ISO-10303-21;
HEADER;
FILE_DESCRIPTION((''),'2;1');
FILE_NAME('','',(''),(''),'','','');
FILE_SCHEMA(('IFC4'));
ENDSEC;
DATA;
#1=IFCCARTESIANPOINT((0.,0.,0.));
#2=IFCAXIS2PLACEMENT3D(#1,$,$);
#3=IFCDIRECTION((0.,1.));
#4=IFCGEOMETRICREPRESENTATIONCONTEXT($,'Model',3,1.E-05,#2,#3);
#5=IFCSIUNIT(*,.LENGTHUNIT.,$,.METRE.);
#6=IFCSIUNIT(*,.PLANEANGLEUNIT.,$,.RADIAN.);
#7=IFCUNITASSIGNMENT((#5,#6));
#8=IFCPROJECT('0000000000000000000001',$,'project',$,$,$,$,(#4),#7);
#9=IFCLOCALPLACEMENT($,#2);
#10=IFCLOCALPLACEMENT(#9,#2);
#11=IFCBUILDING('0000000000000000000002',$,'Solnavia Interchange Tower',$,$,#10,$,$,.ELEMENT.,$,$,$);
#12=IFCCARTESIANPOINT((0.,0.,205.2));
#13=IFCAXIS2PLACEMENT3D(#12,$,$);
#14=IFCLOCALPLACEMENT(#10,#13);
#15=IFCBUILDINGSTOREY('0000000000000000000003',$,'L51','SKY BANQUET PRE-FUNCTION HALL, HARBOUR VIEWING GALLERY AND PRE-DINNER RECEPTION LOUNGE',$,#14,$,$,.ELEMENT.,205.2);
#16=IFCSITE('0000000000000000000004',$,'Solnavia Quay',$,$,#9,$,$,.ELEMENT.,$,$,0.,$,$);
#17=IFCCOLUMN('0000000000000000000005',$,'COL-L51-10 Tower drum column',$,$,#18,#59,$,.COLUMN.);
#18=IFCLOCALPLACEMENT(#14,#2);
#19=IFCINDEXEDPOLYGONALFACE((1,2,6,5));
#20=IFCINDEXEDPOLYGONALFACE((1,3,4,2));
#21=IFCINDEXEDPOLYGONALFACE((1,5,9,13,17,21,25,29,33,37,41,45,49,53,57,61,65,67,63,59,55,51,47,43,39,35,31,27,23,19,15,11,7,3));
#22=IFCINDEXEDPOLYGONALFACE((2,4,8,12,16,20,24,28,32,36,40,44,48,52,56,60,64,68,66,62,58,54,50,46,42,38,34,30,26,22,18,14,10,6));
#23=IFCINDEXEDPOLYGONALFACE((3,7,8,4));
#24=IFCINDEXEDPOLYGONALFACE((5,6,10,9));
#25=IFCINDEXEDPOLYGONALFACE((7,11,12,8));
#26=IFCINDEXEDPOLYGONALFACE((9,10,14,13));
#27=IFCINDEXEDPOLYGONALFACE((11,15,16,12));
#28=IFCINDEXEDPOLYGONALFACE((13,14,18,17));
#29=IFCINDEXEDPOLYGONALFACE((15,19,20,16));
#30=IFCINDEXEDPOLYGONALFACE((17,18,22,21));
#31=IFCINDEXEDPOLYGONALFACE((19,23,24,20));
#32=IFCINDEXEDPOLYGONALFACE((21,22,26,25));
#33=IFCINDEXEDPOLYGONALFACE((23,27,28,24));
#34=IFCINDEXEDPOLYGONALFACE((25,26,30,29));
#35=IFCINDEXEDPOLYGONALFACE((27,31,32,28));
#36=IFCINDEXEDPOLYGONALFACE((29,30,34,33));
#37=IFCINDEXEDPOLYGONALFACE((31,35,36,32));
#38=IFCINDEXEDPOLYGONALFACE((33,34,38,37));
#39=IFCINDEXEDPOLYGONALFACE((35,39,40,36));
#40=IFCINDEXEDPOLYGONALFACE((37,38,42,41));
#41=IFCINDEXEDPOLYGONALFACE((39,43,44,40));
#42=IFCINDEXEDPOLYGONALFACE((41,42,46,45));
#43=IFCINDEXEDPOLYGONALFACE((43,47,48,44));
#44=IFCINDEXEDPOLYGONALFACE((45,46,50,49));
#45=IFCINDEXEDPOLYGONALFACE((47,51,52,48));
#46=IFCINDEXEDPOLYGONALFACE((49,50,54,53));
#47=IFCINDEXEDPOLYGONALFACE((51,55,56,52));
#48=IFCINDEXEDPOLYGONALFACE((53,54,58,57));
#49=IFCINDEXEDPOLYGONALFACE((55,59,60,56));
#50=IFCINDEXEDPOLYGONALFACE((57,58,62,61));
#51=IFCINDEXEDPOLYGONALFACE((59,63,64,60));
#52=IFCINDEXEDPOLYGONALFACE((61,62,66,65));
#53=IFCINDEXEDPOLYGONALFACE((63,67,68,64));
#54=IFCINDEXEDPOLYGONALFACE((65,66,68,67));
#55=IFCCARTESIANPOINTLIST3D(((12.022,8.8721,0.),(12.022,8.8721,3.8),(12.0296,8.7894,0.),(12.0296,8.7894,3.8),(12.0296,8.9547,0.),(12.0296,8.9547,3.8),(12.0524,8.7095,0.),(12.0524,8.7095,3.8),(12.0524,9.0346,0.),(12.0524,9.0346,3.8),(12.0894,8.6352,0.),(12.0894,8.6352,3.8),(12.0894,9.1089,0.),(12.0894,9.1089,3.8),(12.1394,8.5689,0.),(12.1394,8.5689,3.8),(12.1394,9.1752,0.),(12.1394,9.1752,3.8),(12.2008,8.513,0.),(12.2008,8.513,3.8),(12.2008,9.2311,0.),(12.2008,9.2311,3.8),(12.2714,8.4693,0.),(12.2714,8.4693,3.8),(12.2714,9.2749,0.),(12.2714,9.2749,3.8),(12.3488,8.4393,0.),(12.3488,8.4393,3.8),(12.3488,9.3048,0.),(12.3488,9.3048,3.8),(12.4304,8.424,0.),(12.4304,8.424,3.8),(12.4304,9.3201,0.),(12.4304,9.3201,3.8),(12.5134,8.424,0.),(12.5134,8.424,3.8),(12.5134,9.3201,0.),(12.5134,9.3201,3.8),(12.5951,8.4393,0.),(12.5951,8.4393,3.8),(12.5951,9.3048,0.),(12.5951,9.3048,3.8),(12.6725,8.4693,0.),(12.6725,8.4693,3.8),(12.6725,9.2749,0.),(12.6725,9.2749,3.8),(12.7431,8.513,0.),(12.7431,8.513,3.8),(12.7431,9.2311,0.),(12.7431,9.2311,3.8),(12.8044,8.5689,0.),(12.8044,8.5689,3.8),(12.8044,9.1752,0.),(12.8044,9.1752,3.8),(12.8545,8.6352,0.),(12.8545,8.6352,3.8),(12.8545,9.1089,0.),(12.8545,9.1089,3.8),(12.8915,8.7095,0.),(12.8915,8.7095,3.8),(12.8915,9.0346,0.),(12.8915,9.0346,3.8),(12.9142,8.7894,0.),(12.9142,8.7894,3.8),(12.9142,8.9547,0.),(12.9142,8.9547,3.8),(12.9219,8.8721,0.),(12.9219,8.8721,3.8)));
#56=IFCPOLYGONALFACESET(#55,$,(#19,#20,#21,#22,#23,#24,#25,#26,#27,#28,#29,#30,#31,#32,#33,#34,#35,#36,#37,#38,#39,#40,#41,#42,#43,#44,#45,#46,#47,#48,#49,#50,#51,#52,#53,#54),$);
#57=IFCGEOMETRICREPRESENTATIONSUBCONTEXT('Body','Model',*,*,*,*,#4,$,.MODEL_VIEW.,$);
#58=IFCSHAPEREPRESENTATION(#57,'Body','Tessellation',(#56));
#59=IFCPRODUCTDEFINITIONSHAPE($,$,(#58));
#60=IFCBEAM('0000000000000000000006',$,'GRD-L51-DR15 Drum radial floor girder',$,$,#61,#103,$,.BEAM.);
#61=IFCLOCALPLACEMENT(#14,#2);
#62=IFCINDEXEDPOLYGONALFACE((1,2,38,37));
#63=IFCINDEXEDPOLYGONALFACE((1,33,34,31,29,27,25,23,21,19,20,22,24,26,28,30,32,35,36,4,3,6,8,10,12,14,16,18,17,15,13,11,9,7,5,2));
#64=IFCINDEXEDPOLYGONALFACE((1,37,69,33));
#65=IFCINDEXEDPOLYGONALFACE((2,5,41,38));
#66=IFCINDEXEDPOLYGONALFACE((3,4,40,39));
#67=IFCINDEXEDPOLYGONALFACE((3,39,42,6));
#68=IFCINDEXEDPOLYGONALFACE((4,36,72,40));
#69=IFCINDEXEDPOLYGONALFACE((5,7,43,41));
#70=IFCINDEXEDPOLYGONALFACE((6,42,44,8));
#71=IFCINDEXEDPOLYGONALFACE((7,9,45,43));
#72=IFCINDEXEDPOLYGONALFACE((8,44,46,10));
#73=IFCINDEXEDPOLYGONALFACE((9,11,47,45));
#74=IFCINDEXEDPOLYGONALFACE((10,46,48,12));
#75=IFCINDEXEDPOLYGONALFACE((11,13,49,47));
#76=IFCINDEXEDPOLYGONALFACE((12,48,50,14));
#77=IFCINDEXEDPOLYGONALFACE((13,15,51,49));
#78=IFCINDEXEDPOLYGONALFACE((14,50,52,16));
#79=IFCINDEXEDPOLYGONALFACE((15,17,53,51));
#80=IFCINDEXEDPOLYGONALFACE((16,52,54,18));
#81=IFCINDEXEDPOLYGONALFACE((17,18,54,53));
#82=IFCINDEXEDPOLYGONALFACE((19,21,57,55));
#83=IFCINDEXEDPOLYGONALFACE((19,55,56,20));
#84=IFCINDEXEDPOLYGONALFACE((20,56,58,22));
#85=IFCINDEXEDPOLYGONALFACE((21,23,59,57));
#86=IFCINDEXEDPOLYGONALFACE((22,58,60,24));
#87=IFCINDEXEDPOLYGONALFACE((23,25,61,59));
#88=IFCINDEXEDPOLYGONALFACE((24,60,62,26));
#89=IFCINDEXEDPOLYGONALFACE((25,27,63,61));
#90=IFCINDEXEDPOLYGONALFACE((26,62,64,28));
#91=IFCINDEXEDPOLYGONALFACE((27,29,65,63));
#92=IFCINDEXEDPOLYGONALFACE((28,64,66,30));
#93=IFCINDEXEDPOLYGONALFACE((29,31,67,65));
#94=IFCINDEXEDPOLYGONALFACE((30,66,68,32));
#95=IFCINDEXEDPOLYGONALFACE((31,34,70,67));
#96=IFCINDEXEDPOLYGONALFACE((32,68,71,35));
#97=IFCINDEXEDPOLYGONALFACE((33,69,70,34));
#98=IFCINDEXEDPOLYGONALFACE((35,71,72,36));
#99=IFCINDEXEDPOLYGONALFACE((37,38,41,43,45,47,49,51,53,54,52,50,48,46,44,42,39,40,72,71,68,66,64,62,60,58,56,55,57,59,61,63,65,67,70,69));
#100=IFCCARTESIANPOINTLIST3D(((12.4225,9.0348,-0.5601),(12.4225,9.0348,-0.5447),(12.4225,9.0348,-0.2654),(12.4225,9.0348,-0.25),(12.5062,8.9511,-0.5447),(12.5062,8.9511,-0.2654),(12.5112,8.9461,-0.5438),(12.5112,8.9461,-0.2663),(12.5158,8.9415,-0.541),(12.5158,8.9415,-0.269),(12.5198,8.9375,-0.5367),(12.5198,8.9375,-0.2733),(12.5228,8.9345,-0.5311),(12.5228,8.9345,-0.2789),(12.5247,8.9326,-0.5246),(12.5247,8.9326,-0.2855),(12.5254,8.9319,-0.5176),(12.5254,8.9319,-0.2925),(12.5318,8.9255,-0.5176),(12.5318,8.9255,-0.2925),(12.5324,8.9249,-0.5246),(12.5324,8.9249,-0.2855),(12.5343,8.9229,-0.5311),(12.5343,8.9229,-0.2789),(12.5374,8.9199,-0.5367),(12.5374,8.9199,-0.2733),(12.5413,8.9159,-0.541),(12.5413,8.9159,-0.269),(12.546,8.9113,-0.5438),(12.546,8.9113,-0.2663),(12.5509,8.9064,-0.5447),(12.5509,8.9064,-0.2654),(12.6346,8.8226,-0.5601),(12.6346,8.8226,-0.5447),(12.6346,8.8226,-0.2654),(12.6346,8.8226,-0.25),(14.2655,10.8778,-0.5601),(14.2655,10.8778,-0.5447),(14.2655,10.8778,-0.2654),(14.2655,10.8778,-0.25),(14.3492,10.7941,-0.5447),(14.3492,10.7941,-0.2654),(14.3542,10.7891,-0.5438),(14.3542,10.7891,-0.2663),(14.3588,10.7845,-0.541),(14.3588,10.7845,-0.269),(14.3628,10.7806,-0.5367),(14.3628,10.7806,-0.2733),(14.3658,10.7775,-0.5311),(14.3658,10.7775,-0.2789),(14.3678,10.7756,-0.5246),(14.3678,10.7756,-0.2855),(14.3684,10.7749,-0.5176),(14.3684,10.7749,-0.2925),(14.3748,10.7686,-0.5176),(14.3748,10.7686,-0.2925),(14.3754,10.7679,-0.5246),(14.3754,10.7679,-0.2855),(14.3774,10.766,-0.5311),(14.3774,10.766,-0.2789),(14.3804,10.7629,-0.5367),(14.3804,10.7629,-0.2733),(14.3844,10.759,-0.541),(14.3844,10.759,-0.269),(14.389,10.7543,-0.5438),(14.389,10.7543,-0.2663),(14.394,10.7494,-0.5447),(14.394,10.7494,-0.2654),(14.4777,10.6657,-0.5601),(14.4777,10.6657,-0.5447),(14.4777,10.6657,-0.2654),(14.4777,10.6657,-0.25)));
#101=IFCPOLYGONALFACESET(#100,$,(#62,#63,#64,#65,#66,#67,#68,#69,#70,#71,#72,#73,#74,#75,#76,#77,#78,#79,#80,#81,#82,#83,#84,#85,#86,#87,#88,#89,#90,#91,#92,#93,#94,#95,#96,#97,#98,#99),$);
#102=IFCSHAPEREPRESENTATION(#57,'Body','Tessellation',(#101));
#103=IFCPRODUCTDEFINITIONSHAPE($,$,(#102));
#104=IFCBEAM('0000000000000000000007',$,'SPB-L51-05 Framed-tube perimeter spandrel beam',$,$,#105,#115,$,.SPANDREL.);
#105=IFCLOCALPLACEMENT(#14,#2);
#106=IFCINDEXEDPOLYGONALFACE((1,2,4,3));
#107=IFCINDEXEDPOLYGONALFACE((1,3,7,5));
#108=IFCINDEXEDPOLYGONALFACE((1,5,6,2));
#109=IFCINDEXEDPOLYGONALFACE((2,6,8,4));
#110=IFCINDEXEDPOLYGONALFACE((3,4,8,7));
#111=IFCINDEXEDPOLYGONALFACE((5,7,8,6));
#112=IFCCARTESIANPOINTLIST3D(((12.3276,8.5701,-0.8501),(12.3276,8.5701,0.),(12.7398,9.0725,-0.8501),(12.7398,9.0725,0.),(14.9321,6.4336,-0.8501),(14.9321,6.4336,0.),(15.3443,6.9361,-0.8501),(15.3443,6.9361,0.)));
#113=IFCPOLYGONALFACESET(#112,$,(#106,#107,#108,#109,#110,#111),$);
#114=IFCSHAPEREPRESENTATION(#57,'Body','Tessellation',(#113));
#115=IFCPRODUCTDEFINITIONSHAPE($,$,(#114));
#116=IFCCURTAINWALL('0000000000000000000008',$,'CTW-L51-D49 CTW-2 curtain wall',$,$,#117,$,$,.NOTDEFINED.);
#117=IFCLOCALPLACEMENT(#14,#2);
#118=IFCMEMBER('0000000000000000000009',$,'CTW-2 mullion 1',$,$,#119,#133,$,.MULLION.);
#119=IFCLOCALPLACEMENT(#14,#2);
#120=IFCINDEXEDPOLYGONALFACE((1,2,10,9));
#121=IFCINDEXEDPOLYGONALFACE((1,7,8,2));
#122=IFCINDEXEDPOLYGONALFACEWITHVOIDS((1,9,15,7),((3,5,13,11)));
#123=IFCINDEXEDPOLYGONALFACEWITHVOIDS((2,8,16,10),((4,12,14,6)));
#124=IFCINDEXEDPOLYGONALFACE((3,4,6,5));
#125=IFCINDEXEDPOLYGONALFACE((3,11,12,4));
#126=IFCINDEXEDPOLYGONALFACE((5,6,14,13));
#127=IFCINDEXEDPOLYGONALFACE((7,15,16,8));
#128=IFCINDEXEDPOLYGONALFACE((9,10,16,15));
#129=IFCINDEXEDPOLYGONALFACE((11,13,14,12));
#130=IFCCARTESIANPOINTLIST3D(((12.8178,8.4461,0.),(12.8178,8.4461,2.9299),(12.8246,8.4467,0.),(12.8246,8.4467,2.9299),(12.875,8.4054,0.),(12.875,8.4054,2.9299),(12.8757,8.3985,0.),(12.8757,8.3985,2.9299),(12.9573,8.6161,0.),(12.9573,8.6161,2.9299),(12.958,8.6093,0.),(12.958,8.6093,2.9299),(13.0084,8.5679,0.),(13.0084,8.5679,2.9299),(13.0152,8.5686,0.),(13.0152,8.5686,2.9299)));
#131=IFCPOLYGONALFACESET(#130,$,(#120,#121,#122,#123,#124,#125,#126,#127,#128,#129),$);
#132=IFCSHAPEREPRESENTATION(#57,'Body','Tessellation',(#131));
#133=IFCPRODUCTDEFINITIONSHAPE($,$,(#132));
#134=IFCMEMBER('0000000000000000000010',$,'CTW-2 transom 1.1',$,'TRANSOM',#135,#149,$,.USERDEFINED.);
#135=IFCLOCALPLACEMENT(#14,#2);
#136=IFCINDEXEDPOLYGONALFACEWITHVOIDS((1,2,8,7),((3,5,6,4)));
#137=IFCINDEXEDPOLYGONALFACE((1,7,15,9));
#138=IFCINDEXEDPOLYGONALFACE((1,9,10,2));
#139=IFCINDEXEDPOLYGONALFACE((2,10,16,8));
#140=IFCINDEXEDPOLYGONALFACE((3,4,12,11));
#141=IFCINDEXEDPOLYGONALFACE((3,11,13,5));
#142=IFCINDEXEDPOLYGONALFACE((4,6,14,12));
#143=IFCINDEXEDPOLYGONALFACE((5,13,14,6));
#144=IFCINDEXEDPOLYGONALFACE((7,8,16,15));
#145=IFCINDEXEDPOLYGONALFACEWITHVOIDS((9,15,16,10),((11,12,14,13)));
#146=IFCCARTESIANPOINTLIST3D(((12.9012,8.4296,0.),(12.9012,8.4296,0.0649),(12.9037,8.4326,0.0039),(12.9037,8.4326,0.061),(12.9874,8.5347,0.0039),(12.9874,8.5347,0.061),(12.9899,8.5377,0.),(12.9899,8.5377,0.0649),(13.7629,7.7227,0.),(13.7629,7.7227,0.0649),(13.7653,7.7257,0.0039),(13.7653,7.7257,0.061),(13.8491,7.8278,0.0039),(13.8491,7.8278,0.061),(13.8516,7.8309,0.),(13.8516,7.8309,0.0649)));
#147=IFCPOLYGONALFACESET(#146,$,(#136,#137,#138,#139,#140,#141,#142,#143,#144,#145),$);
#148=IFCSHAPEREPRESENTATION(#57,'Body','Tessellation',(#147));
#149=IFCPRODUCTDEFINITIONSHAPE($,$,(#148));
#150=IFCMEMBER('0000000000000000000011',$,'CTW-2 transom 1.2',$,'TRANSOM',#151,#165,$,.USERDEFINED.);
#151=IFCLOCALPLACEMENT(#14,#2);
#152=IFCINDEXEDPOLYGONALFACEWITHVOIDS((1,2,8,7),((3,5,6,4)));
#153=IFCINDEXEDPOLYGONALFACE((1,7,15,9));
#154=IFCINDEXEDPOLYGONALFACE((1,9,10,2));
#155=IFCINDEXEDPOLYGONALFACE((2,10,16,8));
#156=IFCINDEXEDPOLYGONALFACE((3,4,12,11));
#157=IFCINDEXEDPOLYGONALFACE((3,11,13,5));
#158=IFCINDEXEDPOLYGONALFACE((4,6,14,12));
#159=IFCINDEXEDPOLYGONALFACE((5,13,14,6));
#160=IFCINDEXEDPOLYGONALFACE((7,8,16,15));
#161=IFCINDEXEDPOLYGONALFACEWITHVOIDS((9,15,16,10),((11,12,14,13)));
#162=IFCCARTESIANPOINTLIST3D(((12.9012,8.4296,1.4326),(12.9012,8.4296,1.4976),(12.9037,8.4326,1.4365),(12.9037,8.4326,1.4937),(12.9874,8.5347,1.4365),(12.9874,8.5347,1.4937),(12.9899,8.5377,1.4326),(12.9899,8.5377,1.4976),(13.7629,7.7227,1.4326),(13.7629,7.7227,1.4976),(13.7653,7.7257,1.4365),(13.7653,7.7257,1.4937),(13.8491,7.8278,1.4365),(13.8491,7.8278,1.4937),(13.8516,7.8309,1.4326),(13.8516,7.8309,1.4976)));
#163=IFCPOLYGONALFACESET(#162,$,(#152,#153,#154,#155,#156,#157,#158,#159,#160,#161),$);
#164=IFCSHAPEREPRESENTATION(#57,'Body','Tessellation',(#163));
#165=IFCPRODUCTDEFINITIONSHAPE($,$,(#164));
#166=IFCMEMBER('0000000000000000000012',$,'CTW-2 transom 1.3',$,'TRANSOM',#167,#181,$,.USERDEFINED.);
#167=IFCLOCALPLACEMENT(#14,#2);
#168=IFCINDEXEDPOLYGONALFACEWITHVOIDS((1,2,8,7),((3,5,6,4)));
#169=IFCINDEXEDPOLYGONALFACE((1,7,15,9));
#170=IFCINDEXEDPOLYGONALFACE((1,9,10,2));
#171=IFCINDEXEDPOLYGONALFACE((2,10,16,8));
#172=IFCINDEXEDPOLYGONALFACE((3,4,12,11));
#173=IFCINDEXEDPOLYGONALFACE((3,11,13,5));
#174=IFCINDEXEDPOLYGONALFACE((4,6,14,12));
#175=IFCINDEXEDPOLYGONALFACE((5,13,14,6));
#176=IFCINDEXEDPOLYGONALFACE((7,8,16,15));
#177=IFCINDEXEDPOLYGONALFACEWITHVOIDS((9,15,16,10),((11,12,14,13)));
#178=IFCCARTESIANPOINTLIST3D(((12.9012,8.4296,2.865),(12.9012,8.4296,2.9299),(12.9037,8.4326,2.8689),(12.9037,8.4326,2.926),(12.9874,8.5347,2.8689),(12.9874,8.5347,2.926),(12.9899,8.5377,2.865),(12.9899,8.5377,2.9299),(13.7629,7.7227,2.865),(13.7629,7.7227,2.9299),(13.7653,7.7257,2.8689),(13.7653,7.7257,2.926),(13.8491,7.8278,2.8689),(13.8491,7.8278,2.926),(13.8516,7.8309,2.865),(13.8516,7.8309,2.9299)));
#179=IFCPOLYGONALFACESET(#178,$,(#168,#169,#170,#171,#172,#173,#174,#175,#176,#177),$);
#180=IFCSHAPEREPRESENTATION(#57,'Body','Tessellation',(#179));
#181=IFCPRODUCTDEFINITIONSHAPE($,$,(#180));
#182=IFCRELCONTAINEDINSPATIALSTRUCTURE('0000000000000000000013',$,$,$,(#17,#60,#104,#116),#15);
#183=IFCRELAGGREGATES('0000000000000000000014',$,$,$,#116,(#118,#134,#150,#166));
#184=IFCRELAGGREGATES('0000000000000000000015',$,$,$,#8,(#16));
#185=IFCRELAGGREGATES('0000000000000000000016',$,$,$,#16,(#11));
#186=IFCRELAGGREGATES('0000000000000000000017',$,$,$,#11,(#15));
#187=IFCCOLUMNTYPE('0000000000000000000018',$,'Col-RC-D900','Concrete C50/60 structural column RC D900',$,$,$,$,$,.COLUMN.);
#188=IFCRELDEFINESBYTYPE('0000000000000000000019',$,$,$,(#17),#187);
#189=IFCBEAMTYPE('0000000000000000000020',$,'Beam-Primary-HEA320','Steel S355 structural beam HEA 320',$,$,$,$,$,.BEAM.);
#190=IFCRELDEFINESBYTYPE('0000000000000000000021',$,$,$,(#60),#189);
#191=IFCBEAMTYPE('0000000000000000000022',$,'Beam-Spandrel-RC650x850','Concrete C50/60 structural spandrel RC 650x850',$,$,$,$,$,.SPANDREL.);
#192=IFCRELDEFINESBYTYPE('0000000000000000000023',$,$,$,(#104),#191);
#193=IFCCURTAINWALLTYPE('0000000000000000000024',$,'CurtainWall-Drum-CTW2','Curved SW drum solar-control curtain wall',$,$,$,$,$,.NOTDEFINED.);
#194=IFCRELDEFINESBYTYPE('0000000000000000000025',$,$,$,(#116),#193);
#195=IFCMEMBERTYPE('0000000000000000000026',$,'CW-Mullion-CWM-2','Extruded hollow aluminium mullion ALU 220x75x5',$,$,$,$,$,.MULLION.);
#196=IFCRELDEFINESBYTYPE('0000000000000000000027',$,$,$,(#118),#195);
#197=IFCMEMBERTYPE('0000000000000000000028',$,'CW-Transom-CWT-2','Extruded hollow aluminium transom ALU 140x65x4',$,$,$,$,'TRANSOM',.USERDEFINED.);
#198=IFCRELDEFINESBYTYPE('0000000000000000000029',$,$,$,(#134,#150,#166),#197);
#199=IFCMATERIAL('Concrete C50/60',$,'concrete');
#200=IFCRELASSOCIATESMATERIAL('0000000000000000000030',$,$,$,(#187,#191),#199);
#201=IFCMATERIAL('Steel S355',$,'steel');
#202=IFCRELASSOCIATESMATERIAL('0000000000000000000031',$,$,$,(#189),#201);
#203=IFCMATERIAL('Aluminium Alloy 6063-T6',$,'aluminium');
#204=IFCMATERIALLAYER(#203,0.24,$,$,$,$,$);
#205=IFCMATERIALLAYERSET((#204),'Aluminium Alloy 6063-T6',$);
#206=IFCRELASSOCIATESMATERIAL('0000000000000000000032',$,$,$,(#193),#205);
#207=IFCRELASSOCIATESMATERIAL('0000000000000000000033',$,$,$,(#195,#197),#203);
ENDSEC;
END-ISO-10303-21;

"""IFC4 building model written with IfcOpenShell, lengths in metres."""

from ifc_helpers import new_model, si_unit, direction, frame, origin, origin_2d, place, context, subcontext, project, spatial, rectangle, hollow_rectangle, circle, i_section, extrude, material, layer, layer_set, material_profile, profile_set, type_object, element, aggregate, save


model = new_model("IFC4")

# Units and contexts
model_context = context("Model", 3, precision=1e-05, world=origin(), true_north=direction((0.0, 1.0)))
body_context = subcontext(model_context, "Body", "Model", "MODEL_VIEW")
ifc_project = project(units=[si_unit("LENGTHUNIT", "METRE"), si_unit("PLANEANGLEUNIT", "RADIAN")], contexts=[model_context])

# Site, building, storey
site_placement = place(None, origin())
site = spatial("IfcSite", under=ifc_project, at=site_placement, Name="Solnavia Quay", CompositionType="ELEMENT", RefElevation=0.0)
building_placement = place(site_placement, origin())
building = spatial("IfcBuilding", under=site, at=building_placement, Name="Solnavia Interchange Tower", CompositionType="ELEMENT")
storey_placement = place(building_placement, frame((0.0, 0.0, 205.2)))
storey = spatial("IfcBuildingStorey", under=building, at=storey_placement, Name="L51", Description="SKY BANQUET PRE-FUNCTION HALL, HARBOUR VIEWING GALLERY AND PRE-DINNER RECEPTION LOUNGE", CompositionType="ELEMENT", Elevation=205.2)

# Column
ifc_material_1 = material(Name="Concrete C50/60", Category="concrete")
ifc_material_profile_1 = material_profile(ifc_material_1, circle(Radius=0.45, at=origin_2d()), Name="RC D900")
ifc_profile_set_1 = profile_set([ifc_material_profile_1], Name="Concrete C50/60")
column_type = type_object("IfcColumnType", Name="Col-RC-D900", Description="Concrete C50/60 structural column RC D900", PredefinedType="COLUMN", material=ifc_profile_set_1)
column_placement = place(storey_placement, frame((12.4719, 8.8721, 0.0), z_axis=(0.0, 0.0, 1.0), x_axis=(1.0, 0.0, 0.0)))
element("IfcColumn", 1, at=column_placement, inside=storey, type_object=column_type, Name="COL-L51-10 Tower drum column", PredefinedType="COLUMN", context=body_context, shape_type="SweptSolid", body=[
    extrude(circle(Radius=0.45, at=origin_2d()), origin(), (0.0, 0.0, 1.0), 3.8),
])

# Beams
ifc_material_2 = material(Name="Steel S355", Category="steel")
ifc_material_profile_2 = material_profile(ifc_material_2, i_section(OverallWidth=0.3, OverallDepth=0.3101, WebThickness=0.009, FlangeThickness=0.0154, FilletRadius=0.0271, at=origin_2d()), Name="HEA 320")
ifc_profile_set_2 = profile_set([ifc_material_profile_2], Name="Steel S355")
beam_type_1 = type_object("IfcBeamType", Name="Beam-Primary-HEA320", Description="Steel S355 structural beam HEA 320", PredefinedType="BEAM", material=ifc_profile_set_2)
beam_1_placement = place(storey_placement, frame((12.5286, 8.9287, -0.405), z_axis=(0.707107, 0.707107, 0.0), x_axis=(-0.707107, 0.707107, 0.0)))
element("IfcBeam", 2, at=beam_1_placement, inside=storey, type_object=beam_type_1, Name="GRD-L51-DR15 Drum radial floor girder", PredefinedType="BEAM", context=body_context, shape_type="SweptSolid", body=[
    extrude(i_section(OverallWidth=0.3, OverallDepth=0.3101, WebThickness=0.009, FlangeThickness=0.0154, FilletRadius=0.0271, at=origin_2d()), origin(), (0.0, 0.0, 1.0), 2.6064),
])
ifc_material_profile_3 = material_profile(ifc_material_1, rectangle(XDim=0.6499, YDim=0.8501, at=origin_2d()), Name="RC 650x850")
ifc_profile_set_3 = profile_set([ifc_material_profile_3], Name="Concrete C50/60")
beam_type_2 = type_object("IfcBeamType", Name="Beam-Spandrel-RC650x850", Description="Concrete C50/60 structural spandrel RC 650x850", PredefinedType="SPANDREL", material=ifc_profile_set_3)
beam_2_placement = place(storey_placement, frame((12.5337, 8.8213, -0.425), z_axis=(0.773153, -0.63422, 0.0), x_axis=(0.63422, 0.773153, 0.0)))
element("IfcBeam", 3, at=beam_2_placement, inside=storey, type_object=beam_type_2, Name="SPB-L51-05 Framed-tube perimeter spandrel beam", PredefinedType="SPANDREL", context=body_context, shape_type="SweptSolid", body=[
    extrude(rectangle(XDim=0.6499, YDim=0.8501, at=origin_2d()), origin(), (0.0, 0.0, 1.0), 3.3687),
])

# Curtain wall, members
ifc_material_3 = material(Name="Aluminium Alloy 6063-T6", Category="aluminium")
ifc_layer_1 = layer(ifc_material_3, 0.24)
ifc_layer_set_1 = layer_set([ifc_layer_1], Name="Aluminium Alloy 6063-T6")
curtain_wall_type = type_object("IfcCurtainWallType", Name="CurtainWall-Drum-CTW2", Description="Curved SW drum solar-control curtain wall", PredefinedType="NOTDEFINED", material=ifc_layer_set_1)
curtain_wall_placement = place(storey_placement, origin())
curtain_wall = element("IfcCurtainWall", 4, at=curtain_wall_placement, inside=storey, type_object=curtain_wall_type, Name="CTW-L51-D49 CTW-2 curtain wall", PredefinedType="NOTDEFINED")
ifc_material_profile_4 = material_profile(ifc_material_3, hollow_rectangle(XDim=0.075, YDim=0.22, WallThickness=0.0049, at=origin_2d()), Name="ALU 220x75x5")
ifc_profile_set_4 = profile_set([ifc_material_profile_4], Name="Aluminium Alloy 6063-T6")
member_type_1 = type_object("IfcMemberType", Name="CW-Mullion-CWM-2", Description="Extruded hollow aluminium mullion ALU 220x75x5", PredefinedType="MULLION", material=ifc_profile_set_4)
member_1_placement = place(storey_placement, frame((12.9165, 8.5073, 0.0), z_axis=(0.0, 0.0, 1.0), x_axis=(0.773103, -0.63428, 0.0)))
member_1 = element("IfcMember", 5, at=member_1_placement, type_object=member_type_1, Name="CTW-2 mullion 1", PredefinedType="MULLION", context=body_context, shape_type="SweptSolid", body=[
    extrude(hollow_rectangle(XDim=0.075, YDim=0.22, WallThickness=0.0049, at=origin_2d()), origin(), (0.0, 0.0, 1.0), 2.9299),
])
ifc_material_profile_5 = material_profile(ifc_material_3, hollow_rectangle(XDim=0.0649, YDim=0.1399, WallThickness=0.0039, at=origin_2d()), Name="ALU 140x65x4")
ifc_profile_set_5 = profile_set([ifc_material_profile_5], Name="Aluminium Alloy 6063-T6")
member_type_2 = type_object("IfcMemberType", Name="CW-Transom-CWT-2", Description="Extruded hollow aluminium transom ALU 140x65x4", ElementType="TRANSOM", PredefinedType="USERDEFINED", material=ifc_profile_set_5)
member_2_placement = place(storey_placement, frame((12.9456, 8.4836, 0.0325), z_axis=(0.773137, -0.634239, 0.0), x_axis=(0.0, 0.0, 1.0)))
member_2 = element("IfcMember", 6, at=member_2_placement, type_object=member_type_2, Name="CTW-2 transom 1.1", ObjectType="TRANSOM", PredefinedType="USERDEFINED", context=body_context, shape_type="SweptSolid", body=[
    extrude(hollow_rectangle(XDim=0.0649, YDim=0.1399, WallThickness=0.0039, at=origin_2d()), origin(), (0.0, 0.0, 1.0), 1.1145),
])
member_3_placement = place(storey_placement, frame((12.9456, 8.4836, 1.4651), z_axis=(0.773137, -0.634239, 0.0), x_axis=(0.0, 0.0, 1.0)))
member_3 = element("IfcMember", 7, at=member_3_placement, type_object=member_type_2, Name="CTW-2 transom 1.2", ObjectType="TRANSOM", PredefinedType="USERDEFINED", context=body_context, shape_type="SweptSolid", body=[
    extrude(hollow_rectangle(XDim=0.0649, YDim=0.1399, WallThickness=0.0039, at=origin_2d()), origin(), (0.0, 0.0, 1.0), 1.1145),
])
member_4_placement = place(storey_placement, frame((12.9456, 8.4836, 2.8975), z_axis=(0.773137, -0.634239, 0.0), x_axis=(0.0, 0.0, 1.0)))
member_4 = element("IfcMember", 8, at=member_4_placement, type_object=member_type_2, Name="CTW-2 transom 1.3", ObjectType="TRANSOM", PredefinedType="USERDEFINED", context=body_context, shape_type="SweptSolid", body=[
    extrude(hollow_rectangle(XDim=0.0649, YDim=0.1399, WallThickness=0.0039, at=origin_2d()), origin(), (0.0, 0.0, 1.0), 1.1145),
])
aggregate(curtain_wall, [member_1, member_2, member_3, member_4])

save(model, "model.ifc")
